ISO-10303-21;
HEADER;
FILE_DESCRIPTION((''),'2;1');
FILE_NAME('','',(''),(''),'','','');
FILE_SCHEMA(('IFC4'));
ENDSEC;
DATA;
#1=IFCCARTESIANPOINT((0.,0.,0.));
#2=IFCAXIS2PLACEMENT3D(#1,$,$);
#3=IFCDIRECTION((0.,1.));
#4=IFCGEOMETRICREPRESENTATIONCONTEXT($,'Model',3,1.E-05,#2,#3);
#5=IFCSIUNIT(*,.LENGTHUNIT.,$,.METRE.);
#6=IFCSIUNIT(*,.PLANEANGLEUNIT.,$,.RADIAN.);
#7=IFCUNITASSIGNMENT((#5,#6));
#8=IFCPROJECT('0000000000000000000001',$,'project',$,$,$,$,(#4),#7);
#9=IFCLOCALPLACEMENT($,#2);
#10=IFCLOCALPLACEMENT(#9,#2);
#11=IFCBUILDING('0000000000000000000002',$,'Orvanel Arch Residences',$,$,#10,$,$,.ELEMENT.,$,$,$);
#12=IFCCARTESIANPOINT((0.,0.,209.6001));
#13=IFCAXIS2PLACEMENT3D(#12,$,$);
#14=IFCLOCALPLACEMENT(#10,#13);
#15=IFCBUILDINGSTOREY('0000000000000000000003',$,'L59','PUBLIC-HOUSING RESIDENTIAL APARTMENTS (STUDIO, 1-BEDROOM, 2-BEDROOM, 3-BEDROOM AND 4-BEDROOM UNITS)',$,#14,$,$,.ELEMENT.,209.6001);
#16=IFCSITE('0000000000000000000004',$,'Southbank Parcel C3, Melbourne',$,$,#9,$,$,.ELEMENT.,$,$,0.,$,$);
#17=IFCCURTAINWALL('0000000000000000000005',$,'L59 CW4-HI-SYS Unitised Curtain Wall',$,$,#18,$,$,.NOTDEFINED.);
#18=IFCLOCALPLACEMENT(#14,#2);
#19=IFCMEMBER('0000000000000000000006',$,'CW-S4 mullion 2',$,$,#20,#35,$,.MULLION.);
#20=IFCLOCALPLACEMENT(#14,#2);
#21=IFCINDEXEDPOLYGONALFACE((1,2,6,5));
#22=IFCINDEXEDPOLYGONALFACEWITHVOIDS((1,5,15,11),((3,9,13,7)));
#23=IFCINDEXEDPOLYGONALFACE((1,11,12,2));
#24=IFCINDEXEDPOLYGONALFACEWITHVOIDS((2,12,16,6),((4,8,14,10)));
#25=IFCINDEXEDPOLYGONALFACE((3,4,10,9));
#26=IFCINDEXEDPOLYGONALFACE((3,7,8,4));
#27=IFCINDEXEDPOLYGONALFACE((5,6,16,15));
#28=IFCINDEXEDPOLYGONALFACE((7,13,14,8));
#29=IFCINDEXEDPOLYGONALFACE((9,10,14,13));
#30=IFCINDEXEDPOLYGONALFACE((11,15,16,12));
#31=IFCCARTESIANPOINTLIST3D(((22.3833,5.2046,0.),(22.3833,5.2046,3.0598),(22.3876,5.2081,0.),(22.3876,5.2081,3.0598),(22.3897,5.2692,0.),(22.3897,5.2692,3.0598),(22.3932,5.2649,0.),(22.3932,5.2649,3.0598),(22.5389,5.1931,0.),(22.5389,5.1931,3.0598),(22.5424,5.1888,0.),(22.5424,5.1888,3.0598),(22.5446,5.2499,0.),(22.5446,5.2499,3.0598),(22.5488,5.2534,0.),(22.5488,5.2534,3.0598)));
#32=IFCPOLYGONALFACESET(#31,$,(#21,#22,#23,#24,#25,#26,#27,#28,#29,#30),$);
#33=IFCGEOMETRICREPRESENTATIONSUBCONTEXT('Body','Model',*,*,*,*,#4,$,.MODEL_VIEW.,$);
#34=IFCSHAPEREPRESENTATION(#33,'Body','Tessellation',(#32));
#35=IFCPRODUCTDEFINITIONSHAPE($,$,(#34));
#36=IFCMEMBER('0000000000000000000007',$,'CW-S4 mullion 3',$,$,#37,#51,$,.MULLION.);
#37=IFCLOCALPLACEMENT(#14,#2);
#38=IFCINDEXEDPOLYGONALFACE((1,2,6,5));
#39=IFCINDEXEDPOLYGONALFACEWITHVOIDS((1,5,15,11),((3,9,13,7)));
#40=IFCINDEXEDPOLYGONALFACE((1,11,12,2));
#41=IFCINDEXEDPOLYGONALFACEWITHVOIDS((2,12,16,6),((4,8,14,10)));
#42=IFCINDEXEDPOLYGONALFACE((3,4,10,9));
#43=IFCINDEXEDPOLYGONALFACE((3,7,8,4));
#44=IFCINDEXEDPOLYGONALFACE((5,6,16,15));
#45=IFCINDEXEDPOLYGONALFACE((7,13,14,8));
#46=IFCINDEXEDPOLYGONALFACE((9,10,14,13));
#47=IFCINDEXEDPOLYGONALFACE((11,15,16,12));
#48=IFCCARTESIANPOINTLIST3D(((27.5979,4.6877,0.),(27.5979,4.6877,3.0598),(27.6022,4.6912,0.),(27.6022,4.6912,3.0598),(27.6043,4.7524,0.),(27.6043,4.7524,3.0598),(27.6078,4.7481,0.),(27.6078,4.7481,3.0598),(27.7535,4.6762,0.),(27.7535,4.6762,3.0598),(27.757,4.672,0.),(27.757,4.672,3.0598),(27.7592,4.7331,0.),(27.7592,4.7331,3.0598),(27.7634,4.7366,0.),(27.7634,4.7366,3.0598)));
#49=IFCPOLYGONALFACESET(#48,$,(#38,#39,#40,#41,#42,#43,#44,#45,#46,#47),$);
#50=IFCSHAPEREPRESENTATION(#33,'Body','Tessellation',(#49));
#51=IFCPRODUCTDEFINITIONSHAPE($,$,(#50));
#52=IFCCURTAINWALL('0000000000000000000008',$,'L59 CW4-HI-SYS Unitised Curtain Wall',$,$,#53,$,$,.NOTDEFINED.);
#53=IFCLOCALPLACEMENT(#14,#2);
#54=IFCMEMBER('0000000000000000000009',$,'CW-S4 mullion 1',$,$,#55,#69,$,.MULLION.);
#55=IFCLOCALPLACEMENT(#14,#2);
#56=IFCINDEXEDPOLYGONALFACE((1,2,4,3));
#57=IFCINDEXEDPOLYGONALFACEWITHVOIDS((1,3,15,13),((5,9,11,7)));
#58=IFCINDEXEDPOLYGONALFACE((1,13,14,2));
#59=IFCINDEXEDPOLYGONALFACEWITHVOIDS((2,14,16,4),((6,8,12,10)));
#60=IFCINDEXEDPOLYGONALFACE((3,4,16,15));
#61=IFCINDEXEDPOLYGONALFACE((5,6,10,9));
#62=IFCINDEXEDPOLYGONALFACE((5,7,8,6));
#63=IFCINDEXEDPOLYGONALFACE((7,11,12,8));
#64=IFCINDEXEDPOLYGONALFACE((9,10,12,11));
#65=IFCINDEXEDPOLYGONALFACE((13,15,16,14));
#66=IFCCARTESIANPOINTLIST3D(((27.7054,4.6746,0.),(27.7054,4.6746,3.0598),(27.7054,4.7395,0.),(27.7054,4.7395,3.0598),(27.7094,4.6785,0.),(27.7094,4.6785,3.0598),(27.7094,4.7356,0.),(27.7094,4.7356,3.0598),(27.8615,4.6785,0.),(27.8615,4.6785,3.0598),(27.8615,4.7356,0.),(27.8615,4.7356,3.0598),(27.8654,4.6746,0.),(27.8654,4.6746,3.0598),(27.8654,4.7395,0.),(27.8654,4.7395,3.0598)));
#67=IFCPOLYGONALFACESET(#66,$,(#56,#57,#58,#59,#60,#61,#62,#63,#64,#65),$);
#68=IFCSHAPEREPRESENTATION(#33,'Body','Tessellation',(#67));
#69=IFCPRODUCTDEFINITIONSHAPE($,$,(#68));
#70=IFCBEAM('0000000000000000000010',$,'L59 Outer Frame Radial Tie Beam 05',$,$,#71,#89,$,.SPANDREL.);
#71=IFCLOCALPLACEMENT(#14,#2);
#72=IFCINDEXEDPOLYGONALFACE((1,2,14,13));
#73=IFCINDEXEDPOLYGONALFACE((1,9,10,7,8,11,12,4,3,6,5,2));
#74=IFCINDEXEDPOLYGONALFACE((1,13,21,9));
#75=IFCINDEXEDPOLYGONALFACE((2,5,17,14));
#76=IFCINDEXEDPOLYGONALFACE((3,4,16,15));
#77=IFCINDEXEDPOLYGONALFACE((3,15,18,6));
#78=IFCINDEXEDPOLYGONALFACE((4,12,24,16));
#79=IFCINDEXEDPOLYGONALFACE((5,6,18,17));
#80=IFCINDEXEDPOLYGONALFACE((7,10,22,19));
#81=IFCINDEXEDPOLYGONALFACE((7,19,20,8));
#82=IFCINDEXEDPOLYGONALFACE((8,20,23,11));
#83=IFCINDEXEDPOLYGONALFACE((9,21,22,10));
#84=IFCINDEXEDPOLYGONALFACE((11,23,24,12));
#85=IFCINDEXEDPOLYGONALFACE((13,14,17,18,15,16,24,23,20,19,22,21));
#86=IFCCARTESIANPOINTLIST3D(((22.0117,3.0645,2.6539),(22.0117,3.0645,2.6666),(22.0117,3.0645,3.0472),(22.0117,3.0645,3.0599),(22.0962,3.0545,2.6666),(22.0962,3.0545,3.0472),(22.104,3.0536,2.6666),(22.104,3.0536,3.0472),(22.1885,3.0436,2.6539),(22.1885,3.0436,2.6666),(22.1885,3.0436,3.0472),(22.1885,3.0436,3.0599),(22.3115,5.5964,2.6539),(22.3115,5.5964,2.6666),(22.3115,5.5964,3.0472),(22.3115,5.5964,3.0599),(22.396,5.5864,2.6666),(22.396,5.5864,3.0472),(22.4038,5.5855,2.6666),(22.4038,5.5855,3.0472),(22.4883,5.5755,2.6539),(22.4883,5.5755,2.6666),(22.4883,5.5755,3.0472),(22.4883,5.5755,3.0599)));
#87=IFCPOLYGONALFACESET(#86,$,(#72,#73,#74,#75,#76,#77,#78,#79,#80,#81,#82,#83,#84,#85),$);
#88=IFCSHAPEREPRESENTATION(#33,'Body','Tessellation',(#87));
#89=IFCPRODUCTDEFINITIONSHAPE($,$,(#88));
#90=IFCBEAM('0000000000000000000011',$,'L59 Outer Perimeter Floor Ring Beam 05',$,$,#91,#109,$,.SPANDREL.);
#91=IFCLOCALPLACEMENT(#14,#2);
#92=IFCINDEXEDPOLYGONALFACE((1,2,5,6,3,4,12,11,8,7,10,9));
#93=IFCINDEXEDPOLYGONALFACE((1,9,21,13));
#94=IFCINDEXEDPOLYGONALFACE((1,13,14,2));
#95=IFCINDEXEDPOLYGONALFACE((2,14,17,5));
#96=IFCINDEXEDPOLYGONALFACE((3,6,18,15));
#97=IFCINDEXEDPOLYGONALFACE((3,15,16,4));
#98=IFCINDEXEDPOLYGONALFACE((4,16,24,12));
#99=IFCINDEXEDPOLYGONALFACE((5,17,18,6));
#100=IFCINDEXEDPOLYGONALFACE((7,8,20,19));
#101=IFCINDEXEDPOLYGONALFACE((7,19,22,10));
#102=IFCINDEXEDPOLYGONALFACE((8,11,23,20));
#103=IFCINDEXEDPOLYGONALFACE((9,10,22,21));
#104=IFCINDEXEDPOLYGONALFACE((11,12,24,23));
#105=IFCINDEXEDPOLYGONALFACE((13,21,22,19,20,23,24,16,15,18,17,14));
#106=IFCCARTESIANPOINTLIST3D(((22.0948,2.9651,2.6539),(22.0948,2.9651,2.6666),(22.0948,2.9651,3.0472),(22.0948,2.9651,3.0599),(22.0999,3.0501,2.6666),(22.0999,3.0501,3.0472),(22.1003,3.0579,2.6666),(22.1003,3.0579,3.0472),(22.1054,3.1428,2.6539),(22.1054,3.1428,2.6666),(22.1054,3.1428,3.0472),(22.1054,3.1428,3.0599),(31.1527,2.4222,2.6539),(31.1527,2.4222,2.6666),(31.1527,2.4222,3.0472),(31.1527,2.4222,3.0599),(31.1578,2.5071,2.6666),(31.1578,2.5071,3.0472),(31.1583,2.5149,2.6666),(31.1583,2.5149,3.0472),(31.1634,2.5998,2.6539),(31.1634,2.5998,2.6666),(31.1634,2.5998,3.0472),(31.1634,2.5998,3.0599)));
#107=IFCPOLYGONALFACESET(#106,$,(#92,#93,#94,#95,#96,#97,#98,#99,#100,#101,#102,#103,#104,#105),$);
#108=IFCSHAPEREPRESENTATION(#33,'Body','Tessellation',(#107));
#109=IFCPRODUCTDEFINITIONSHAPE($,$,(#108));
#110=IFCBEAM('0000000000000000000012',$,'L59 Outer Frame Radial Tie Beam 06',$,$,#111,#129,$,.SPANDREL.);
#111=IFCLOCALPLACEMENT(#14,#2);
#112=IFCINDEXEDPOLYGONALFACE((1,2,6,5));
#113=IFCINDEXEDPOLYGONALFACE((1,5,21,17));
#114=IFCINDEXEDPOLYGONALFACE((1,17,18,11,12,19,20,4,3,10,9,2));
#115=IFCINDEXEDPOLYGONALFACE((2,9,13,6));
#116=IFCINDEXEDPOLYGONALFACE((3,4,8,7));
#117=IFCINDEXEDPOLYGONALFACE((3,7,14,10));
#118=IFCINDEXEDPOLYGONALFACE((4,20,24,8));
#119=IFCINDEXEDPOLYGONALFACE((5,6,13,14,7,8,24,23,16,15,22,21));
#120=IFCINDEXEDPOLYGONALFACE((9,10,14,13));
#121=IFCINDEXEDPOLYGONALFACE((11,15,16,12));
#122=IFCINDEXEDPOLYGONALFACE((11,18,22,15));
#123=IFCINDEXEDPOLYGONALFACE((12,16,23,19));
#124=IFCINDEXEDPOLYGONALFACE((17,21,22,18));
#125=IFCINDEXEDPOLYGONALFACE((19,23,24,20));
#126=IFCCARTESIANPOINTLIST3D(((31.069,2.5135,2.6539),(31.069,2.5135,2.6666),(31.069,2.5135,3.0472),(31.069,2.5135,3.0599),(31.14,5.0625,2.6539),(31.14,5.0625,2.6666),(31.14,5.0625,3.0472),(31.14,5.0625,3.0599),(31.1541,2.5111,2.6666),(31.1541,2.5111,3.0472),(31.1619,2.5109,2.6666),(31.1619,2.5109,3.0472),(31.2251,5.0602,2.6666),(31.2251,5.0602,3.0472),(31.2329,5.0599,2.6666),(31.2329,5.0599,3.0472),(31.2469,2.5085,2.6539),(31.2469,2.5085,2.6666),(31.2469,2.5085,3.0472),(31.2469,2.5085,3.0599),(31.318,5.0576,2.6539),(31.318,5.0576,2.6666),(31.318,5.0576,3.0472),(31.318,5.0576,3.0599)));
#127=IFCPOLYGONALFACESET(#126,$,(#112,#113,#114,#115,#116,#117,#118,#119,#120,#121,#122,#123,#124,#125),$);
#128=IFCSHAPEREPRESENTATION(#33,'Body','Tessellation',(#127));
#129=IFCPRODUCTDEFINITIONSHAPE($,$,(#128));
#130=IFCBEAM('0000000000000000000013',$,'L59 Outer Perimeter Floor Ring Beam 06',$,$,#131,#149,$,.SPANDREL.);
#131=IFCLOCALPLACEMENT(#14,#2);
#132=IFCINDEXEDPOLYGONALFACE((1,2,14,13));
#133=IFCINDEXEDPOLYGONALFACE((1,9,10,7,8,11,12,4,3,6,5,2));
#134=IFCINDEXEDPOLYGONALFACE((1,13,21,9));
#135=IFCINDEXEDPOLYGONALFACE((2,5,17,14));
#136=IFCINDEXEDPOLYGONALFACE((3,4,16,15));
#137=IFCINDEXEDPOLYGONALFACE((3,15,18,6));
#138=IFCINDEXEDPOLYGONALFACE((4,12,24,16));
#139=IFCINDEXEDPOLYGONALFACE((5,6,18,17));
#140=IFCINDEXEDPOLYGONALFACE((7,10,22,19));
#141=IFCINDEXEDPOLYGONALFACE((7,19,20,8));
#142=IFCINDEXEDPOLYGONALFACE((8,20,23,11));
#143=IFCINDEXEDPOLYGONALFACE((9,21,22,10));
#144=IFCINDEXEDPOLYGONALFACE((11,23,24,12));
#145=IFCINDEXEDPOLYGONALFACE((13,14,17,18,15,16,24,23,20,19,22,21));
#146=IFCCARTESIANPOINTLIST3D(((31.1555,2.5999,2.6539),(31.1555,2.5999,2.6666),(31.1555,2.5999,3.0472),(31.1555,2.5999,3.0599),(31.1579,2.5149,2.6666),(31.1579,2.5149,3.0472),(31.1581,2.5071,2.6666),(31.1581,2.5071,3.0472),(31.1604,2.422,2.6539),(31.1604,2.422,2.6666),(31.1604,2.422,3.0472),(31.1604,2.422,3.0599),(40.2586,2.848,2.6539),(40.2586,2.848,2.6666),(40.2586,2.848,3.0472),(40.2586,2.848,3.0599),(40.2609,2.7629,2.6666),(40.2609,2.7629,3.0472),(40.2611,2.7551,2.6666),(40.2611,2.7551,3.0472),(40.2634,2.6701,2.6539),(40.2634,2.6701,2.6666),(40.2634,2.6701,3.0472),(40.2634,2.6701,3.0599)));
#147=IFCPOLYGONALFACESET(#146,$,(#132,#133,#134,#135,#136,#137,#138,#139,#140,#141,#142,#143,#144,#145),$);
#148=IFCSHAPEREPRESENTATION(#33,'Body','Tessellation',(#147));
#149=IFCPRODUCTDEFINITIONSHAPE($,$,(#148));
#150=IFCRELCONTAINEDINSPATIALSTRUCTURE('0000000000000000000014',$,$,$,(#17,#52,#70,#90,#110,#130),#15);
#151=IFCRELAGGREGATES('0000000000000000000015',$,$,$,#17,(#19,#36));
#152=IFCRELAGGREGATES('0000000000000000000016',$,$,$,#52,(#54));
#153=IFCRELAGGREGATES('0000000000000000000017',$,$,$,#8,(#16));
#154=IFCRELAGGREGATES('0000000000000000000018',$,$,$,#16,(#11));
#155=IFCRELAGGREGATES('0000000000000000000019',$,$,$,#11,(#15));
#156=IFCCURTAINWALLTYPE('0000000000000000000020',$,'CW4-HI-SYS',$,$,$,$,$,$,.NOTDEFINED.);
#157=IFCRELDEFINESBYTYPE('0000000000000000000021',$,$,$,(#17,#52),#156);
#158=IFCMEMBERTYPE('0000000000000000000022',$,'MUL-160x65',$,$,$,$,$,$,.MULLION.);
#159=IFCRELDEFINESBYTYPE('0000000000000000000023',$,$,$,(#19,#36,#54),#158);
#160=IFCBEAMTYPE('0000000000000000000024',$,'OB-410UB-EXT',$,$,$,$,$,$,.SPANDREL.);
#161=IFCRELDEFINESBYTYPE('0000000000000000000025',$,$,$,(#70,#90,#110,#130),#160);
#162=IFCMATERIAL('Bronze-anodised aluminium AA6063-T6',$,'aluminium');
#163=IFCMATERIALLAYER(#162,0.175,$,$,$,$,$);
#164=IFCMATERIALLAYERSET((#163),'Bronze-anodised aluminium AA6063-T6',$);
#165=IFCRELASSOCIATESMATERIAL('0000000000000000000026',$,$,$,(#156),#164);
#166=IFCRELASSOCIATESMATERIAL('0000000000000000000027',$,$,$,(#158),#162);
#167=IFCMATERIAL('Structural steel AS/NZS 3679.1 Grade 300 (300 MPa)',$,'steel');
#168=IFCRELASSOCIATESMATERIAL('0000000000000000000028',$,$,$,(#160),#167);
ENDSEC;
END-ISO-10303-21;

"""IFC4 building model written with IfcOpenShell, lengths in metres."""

from ifc_helpers import new_model, si_unit, direction, frame, origin, origin_2d, place, context, subcontext, project, spatial, hollow_rectangle, i_section, extrude, material, layer, layer_set, material_profile, profile_set, type_object, element, aggregate, save


model = new_model("IFC4")

# Units and contexts
model_context = context("Model", 3, precision=1e-05, world=origin(), true_north=direction((0.0, 1.0)))
body_context = subcontext(model_context, "Body", "Model", "MODEL_VIEW")
ifc_project = project(units=[si_unit("LENGTHUNIT", "METRE"), si_unit("PLANEANGLEUNIT", "RADIAN")], contexts=[model_context])

# Site, building, storey
site_placement = place(None, origin())
site = spatial("IfcSite", under=ifc_project, at=site_placement, Name="Southbank Parcel C3, Melbourne", CompositionType="ELEMENT", RefElevation=0.0)
building_placement = place(site_placement, origin())
building = spatial("IfcBuilding", under=site, at=building_placement, Name="Orvanel Arch Residences", CompositionType="ELEMENT")
storey_placement = place(building_placement, frame((0.0, 0.0, 209.6001)))
storey = spatial("IfcBuildingStorey", under=building, at=storey_placement, Name="L59", Description="PUBLIC-HOUSING RESIDENTIAL APARTMENTS (STUDIO, 1-BEDROOM, 2-BEDROOM, 3-BEDROOM AND 4-BEDROOM UNITS)", CompositionType="ELEMENT", Elevation=209.6001)

# Curtain wall, members
ifc_material_1 = material(Name="Bronze-anodised aluminium AA6063-T6", Category="aluminium")
ifc_layer_1 = layer(ifc_material_1, 0.175)
ifc_layer_set_1 = layer_set([ifc_layer_1], Name="Bronze-anodised aluminium AA6063-T6")
curtain_wall_type = type_object("IfcCurtainWallType", Name="CW4-HI-SYS", PredefinedType="NOTDEFINED", material=ifc_layer_set_1)
curtain_wall_1_placement = place(storey_placement, origin())
curtain_wall_1 = element("IfcCurtainWall", 1, at=curtain_wall_1_placement, inside=storey, type_object=curtain_wall_type, Name="L59 CW4-HI-SYS Unitised Curtain Wall", PredefinedType="NOTDEFINED")
ifc_material_profile_1 = material_profile(ifc_material_1, hollow_rectangle(XDim=0.0649, YDim=0.1599, WallThickness=0.0039, at=origin_2d()), Name="ALU160x65x4")
ifc_profile_set_1 = profile_set([ifc_material_profile_1], Name="Bronze-anodised aluminium AA6063-T6")
member_type_1 = type_object("IfcMemberType", Name="MUL-160x65", PredefinedType="MULLION", material=ifc_profile_set_1)
member_1_placement = place(storey_placement, frame((22.4661, 5.229, 0.0), z_axis=(0.0, 0.0, 1.0), x_axis=(0.098621, 0.995125, 0.0)))
member_1 = element("IfcMember", 2, at=member_1_placement, type_object=member_type_1, Name="CW-S4 mullion 2", PredefinedType="MULLION", context=body_context, shape_type="SweptSolid", body=[
    extrude(hollow_rectangle(XDim=0.0649, YDim=0.1599, WallThickness=0.0039, at=origin_2d()), origin(), (0.0, 0.0, 1.0), 3.0598),
])
member_2_placement = place(storey_placement, frame((27.6807, 4.7122, 0.0), z_axis=(0.0, 0.0, 1.0), x_axis=(0.098621, 0.995125, 0.0)))
member_2 = element("IfcMember", 3, at=member_2_placement, type_object=member_type_1, Name="CW-S4 mullion 3", PredefinedType="MULLION", context=body_context, shape_type="SweptSolid", body=[
    extrude(hollow_rectangle(XDim=0.0649, YDim=0.1599, WallThickness=0.0039, at=origin_2d()), origin(), (0.0, 0.0, 1.0), 3.0598),
])

# Curtain wall, member
curtain_wall_2_placement = place(storey_placement, origin())
curtain_wall_2 = element("IfcCurtainWall", 4, at=curtain_wall_2_placement, inside=storey, type_object=curtain_wall_type, Name="L59 CW4-HI-SYS Unitised Curtain Wall", PredefinedType="NOTDEFINED")
member_3_placement = place(storey_placement, frame((27.7854, 4.707, 0.0), z_axis=(0.0, 0.0, 1.0), x_axis=(0.0, 1.0, 0.0)))
member_3 = element("IfcMember", 5, at=member_3_placement, type_object=member_type_1, Name="CW-S4 mullion 1", PredefinedType="MULLION", context=body_context, shape_type="SweptSolid", body=[
    extrude(hollow_rectangle(XDim=0.0649, YDim=0.1599, WallThickness=0.0039, at=origin_2d()), origin(), (0.0, 0.0, 1.0), 3.0598),
])

# Beams
ifc_material_2 = material(Name="Structural steel AS/NZS 3679.1 Grade 300 (300 MPa)", Category="steel")
ifc_material_profile_2 = material_profile(ifc_material_2, i_section(OverallWidth=0.178, OverallDepth=0.406, WebThickness=0.0078, FlangeThickness=0.0127, at=origin_2d()), Name="410UB59.7")
ifc_profile_set_2 = profile_set([ifc_material_profile_2], Name="Structural steel AS/NZS 3679.1 Grade 300 (300 MPa)")
beam_type = type_object("IfcBeamType", Name="OB-410UB-EXT", PredefinedType="SPANDREL", material=ifc_profile_set_2)
beam_1_placement = place(storey_placement, frame((22.3999, 5.5859, 2.8569), z_axis=(-0.117586, -0.993063, 0.0), x_axis=(0.993063, -0.117586, 0.0)))
element("IfcBeam", 6, at=beam_1_placement, inside=storey, type_object=beam_type, Name="L59 Outer Frame Radial Tie Beam 05", PredefinedType="SPANDREL", context=body_context, shape_type="SweptSolid", body=[
    extrude(i_section(OverallWidth=0.178, OverallDepth=0.406, WebThickness=0.0078, FlangeThickness=0.0127, at=origin_2d()), origin(), (0.0, 0.0, 1.0), 2.5496),
])
beam_2_placement = place(storey_placement, frame((22.1001, 3.054, 2.8569), z_axis=(0.998208, -0.059837, 0.0), x_axis=(0.059837, 0.998208, 0.0)))
element("IfcBeam", 7, at=beam_2_placement, inside=storey, type_object=beam_type, Name="L59 Outer Perimeter Floor Ring Beam 05", PredefinedType="SPANDREL", context=body_context, shape_type="SweptSolid", body=[
    extrude(i_section(OverallWidth=0.178, OverallDepth=0.406, WebThickness=0.0078, FlangeThickness=0.0127, at=origin_2d()), origin(), (0.0, 0.0, 1.0), 9.0742),
])
beam_3_placement = place(storey_placement, frame((31.229, 5.0601, 2.8569), z_axis=(-0.02786, -0.999612, 0.0), x_axis=(0.999612, -0.02786, 0.0)))
element("IfcBeam", 8, at=beam_3_placement, inside=storey, type_object=beam_type, Name="L59 Outer Frame Radial Tie Beam 06", PredefinedType="SPANDREL", context=body_context, shape_type="SweptSolid", body=[
    extrude(i_section(OverallWidth=0.178, OverallDepth=0.406, WebThickness=0.0078, FlangeThickness=0.0127, at=origin_2d()), origin(), (0.0, 0.0, 1.0), 2.55),
])
beam_4_placement = place(storey_placement, frame((31.158, 2.511, 2.8569), z_axis=(0.999629, 0.027239, 0.0), x_axis=(-0.027239, 0.999629, 0.0)))
element("IfcBeam", 9, at=beam_4_placement, inside=storey, type_object=beam_type, Name="L59 Outer Perimeter Floor Ring Beam 06", PredefinedType="SPANDREL", context=body_context, shape_type="SweptSolid", body=[
    extrude(i_section(OverallWidth=0.178, OverallDepth=0.406, WebThickness=0.0078, FlangeThickness=0.0127, at=origin_2d()), origin(), (0.0, 0.0, 1.0), 9.1064),
])

aggregate(curtain_wall_1, [member_1, member_2])
aggregate(curtain_wall_2, [member_3])

save(model, "model.ifc")
